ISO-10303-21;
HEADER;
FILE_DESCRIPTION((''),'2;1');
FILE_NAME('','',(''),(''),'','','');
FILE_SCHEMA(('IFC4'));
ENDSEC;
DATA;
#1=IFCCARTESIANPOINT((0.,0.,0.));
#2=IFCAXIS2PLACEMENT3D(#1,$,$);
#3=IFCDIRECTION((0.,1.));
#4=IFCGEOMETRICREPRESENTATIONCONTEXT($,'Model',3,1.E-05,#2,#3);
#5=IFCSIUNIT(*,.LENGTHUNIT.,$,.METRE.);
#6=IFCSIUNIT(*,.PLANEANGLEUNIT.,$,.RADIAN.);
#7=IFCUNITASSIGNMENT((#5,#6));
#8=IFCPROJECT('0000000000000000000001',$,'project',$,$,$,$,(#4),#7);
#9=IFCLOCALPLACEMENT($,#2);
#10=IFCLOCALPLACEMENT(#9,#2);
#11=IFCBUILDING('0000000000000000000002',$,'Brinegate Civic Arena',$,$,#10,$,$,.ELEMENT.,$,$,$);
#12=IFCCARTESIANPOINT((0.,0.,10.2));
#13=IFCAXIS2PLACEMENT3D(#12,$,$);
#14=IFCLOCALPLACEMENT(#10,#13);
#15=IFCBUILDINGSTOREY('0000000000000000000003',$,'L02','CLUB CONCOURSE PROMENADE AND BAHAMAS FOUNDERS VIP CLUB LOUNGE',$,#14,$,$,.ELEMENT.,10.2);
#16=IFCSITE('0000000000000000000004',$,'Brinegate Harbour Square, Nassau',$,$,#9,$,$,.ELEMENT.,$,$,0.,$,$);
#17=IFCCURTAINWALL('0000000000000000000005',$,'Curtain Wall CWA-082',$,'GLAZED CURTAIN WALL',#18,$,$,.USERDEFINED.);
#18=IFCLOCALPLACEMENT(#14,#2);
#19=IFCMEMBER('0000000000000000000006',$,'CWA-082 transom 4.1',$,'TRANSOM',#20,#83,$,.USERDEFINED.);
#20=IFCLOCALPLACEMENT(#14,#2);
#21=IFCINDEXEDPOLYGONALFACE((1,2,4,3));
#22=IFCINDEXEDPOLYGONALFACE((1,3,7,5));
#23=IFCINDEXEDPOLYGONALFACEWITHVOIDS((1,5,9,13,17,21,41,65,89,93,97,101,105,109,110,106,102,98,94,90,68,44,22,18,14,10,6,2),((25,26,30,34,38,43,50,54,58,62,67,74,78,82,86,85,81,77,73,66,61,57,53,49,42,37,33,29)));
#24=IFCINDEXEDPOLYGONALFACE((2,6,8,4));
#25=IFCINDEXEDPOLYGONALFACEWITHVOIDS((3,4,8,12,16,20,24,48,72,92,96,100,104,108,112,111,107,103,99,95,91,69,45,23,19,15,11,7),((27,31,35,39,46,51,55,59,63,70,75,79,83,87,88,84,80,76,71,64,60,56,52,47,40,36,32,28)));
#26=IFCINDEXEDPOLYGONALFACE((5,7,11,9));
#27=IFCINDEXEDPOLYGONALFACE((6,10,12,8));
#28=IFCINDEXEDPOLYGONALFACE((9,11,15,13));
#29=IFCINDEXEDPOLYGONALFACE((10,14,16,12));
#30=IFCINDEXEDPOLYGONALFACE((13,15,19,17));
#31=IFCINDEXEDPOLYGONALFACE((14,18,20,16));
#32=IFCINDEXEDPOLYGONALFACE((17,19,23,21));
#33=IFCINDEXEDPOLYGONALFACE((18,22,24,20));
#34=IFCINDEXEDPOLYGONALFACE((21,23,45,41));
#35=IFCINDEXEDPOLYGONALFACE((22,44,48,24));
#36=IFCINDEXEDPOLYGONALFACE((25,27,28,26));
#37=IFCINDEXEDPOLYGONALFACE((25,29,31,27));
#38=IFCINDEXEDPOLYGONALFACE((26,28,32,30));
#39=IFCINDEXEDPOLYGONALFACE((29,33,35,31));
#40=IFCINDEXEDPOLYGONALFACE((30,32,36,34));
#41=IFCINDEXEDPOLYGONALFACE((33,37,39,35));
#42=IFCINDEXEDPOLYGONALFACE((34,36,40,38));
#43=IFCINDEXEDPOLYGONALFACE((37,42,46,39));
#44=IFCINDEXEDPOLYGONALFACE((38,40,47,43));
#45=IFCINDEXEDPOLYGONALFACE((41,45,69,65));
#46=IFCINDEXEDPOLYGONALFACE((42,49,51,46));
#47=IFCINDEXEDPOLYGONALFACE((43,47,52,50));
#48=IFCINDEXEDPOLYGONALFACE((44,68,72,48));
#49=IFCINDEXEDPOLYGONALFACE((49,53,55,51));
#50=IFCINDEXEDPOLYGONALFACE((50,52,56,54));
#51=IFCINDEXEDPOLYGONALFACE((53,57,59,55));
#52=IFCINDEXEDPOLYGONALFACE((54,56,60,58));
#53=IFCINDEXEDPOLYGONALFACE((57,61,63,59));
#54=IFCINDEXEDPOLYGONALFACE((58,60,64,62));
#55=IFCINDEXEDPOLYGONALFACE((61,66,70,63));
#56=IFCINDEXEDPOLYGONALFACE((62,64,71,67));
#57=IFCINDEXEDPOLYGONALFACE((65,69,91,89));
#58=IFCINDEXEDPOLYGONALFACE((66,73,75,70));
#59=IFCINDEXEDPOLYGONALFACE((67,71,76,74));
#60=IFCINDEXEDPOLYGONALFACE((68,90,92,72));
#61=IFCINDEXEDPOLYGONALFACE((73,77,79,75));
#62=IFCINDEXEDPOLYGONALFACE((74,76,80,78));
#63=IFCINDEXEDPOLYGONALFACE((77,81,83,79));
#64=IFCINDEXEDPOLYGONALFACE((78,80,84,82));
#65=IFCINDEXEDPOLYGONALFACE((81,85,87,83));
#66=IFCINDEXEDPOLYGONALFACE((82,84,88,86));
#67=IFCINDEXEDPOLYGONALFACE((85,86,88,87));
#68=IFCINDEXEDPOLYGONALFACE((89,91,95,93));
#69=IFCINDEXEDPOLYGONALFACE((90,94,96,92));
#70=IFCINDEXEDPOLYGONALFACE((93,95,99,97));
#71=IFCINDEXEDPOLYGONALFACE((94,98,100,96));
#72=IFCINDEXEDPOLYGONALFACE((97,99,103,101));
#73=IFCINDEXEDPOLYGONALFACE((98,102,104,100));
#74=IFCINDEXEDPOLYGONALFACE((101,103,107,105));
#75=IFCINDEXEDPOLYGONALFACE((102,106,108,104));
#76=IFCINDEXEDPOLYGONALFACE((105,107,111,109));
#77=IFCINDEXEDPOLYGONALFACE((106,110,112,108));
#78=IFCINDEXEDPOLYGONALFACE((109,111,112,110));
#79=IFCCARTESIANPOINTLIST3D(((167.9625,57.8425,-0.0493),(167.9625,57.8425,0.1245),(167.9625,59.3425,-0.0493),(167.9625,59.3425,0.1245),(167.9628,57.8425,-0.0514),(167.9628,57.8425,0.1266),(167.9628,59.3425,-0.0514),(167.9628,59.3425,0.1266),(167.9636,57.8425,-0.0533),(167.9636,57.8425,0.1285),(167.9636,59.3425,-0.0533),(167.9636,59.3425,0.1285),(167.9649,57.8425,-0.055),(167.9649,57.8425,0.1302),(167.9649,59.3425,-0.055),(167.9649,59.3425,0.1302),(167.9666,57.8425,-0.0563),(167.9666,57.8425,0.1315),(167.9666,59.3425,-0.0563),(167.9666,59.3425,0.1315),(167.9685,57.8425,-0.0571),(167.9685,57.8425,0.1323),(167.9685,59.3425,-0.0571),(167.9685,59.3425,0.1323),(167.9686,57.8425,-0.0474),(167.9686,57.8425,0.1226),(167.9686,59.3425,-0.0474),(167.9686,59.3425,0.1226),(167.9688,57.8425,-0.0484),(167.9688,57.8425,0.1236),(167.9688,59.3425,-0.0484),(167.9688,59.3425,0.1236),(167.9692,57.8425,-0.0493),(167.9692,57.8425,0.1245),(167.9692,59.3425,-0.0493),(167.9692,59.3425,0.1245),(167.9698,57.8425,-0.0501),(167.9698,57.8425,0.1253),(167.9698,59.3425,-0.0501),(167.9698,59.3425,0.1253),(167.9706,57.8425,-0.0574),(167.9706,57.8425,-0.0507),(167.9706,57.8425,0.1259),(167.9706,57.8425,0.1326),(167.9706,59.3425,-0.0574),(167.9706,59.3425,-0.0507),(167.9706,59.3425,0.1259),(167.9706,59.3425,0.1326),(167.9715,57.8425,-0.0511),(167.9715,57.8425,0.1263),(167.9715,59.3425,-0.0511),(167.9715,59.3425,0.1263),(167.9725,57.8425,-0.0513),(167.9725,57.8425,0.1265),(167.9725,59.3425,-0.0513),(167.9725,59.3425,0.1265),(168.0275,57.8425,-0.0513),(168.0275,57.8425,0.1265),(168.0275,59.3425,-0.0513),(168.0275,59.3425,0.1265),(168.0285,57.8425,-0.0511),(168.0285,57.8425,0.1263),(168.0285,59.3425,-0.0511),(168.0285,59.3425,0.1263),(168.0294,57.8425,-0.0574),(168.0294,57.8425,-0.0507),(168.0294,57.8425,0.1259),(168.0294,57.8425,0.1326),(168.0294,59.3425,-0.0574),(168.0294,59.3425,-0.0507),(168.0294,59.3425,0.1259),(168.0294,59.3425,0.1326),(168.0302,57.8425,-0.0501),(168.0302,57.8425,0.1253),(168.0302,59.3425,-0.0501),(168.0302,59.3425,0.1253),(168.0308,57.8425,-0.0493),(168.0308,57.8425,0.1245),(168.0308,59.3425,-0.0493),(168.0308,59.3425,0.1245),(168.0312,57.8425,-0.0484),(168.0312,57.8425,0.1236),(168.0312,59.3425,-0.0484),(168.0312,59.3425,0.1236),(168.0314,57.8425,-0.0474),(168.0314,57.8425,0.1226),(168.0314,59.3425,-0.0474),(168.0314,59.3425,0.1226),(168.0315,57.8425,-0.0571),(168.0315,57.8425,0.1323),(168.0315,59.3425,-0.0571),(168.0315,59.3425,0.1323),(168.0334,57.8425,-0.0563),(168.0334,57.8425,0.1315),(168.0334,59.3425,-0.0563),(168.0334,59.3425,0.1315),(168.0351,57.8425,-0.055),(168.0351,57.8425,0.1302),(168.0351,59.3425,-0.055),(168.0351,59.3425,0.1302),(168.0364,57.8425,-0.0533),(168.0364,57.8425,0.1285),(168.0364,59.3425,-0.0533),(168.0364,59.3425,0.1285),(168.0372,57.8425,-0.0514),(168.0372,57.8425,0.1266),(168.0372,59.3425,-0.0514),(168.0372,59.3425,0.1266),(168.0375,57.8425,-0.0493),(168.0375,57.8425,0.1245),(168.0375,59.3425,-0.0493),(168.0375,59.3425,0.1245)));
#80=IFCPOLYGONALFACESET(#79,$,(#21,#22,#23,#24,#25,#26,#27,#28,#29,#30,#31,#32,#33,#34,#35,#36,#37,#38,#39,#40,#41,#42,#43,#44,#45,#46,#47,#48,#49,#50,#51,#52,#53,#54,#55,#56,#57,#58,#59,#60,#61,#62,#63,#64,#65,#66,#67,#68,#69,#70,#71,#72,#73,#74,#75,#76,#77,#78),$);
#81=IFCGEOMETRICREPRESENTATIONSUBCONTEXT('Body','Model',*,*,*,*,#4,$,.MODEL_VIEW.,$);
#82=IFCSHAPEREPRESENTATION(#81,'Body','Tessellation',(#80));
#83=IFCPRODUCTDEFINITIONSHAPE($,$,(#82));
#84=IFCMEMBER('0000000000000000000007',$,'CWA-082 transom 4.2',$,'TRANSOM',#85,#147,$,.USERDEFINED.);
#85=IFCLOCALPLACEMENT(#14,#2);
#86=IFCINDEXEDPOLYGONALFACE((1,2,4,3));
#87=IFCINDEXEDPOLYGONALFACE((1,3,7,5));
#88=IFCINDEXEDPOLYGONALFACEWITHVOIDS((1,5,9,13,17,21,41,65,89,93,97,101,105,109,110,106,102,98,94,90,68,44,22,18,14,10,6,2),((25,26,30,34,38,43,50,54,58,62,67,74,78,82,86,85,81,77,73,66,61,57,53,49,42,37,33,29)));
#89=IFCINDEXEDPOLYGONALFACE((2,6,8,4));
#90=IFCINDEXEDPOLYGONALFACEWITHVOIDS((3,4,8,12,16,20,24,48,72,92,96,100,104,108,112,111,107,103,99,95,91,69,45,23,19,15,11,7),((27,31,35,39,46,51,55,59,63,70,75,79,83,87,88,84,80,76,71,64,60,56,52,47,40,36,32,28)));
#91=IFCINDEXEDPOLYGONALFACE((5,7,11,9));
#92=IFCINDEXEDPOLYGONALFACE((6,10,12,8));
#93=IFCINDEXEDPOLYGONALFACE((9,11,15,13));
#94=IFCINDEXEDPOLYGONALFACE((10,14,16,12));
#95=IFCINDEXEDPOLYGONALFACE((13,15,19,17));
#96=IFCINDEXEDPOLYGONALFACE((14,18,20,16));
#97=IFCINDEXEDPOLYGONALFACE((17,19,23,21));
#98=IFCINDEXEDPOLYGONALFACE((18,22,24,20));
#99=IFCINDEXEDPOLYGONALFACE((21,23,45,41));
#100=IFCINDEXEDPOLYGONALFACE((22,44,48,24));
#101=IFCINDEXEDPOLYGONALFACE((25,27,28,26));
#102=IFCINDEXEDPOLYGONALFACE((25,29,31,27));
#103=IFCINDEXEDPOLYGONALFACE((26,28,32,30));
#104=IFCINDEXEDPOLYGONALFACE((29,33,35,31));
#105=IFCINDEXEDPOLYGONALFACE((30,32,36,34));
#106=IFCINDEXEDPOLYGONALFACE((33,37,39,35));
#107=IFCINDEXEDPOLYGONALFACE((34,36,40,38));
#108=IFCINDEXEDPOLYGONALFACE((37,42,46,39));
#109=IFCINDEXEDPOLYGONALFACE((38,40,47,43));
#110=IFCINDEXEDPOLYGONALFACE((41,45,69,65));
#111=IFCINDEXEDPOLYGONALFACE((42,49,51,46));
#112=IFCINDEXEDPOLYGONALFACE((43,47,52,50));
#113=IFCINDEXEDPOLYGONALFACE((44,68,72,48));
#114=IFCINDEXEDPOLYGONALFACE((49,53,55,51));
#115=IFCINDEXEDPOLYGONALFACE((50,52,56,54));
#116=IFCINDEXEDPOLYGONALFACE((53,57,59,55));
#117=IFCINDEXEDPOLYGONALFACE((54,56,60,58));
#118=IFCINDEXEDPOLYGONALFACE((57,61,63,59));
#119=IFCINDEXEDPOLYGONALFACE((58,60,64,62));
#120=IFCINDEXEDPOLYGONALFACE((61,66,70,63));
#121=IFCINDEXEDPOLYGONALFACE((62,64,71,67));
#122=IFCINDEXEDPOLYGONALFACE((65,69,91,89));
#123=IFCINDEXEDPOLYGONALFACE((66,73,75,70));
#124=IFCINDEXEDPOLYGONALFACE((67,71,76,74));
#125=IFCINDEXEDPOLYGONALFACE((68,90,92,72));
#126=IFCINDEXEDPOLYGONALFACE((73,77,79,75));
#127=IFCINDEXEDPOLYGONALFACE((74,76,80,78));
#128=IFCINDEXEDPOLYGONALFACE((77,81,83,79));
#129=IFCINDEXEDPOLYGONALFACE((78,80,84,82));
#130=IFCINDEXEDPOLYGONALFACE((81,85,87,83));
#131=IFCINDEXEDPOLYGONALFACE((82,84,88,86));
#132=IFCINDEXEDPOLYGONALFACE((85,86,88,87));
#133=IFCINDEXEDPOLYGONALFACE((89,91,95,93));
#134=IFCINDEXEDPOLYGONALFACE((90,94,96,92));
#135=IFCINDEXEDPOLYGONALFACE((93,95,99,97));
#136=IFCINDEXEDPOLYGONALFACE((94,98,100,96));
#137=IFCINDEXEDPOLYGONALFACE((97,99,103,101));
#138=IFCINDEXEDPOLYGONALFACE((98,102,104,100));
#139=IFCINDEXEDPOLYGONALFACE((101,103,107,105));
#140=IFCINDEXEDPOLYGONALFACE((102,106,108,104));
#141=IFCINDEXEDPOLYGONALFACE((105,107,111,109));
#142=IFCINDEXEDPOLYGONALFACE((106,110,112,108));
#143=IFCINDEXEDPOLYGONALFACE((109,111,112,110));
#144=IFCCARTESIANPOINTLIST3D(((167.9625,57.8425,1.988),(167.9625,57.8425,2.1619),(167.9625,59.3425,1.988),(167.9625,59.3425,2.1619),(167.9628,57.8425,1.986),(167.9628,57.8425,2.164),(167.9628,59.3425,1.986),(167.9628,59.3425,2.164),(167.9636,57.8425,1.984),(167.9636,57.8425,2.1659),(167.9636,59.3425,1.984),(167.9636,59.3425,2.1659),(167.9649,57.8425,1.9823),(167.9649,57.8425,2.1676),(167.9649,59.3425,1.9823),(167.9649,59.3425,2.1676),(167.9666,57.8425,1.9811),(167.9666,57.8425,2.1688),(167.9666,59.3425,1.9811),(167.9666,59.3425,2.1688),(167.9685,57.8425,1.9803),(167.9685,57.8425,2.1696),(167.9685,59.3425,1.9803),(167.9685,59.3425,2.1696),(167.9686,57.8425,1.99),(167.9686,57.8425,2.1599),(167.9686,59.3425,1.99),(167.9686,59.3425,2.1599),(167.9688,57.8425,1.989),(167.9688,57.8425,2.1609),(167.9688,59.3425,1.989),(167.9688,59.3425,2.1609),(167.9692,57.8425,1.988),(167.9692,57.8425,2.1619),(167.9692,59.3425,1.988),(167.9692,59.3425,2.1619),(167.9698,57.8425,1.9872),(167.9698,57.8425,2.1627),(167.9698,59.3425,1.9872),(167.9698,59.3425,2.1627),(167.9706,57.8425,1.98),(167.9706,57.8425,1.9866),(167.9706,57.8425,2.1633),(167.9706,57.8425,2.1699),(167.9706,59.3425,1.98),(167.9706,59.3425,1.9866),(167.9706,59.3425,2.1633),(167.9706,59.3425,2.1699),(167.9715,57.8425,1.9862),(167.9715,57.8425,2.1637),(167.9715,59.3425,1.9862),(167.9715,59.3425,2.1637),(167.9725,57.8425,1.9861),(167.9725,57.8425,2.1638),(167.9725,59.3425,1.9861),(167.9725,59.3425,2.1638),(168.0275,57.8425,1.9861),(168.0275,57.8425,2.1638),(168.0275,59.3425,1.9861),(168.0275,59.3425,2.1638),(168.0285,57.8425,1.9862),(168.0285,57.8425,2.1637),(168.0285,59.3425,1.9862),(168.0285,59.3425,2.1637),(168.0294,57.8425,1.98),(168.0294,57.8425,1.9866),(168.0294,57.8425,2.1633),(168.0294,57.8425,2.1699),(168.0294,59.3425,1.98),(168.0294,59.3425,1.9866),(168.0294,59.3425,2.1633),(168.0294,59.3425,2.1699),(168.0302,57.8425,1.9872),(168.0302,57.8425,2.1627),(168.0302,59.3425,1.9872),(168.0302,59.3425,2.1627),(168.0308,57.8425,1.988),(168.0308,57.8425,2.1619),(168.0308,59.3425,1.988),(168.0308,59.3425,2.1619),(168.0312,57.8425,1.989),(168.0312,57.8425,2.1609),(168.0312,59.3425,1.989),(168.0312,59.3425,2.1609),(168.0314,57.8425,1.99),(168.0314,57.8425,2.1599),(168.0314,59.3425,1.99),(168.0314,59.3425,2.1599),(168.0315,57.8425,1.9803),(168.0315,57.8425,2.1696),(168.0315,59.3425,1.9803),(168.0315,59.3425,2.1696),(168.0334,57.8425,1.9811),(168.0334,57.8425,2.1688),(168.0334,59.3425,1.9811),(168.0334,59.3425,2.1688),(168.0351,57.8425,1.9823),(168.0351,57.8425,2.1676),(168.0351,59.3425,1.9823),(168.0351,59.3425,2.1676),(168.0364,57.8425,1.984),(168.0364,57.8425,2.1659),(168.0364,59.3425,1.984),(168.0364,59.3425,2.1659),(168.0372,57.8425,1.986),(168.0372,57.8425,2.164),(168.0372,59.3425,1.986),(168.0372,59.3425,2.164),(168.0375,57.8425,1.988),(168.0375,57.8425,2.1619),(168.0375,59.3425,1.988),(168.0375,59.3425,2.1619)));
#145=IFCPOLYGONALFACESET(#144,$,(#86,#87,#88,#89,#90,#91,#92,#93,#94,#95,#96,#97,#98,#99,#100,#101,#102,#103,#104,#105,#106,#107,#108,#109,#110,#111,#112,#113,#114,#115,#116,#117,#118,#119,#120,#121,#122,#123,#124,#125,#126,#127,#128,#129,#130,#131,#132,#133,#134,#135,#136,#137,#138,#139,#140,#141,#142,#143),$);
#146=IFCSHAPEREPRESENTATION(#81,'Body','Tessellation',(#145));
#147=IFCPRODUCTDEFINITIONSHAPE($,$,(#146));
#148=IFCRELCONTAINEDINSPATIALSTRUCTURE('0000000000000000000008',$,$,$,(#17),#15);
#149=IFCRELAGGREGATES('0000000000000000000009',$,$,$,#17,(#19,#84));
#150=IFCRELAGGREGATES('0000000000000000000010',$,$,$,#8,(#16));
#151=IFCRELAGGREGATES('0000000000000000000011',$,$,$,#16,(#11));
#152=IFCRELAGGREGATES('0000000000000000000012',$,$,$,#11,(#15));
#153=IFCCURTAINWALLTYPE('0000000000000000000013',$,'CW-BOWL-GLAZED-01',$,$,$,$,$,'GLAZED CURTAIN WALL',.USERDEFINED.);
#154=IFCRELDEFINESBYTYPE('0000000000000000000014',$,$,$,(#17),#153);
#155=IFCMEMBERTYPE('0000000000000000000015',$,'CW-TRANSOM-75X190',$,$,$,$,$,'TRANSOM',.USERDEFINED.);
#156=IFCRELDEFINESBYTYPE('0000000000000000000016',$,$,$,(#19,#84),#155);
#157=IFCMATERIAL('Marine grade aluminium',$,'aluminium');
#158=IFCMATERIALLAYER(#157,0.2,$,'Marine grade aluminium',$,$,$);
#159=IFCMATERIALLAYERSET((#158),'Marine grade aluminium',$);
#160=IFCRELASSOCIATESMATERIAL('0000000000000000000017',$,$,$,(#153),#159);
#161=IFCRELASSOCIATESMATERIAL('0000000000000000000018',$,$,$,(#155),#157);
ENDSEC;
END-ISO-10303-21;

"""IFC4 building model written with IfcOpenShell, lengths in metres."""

from ifc_helpers import new_model, si_unit, direction, frame, origin, origin_2d, place, context, subcontext, project, spatial, hollow_rectangle, extrude, material, layer, layer_set, material_profile, profile_set, type_object, element, aggregate, save


model = new_model("IFC4")

# Units and contexts
model_context = context("Model", 3, precision=1e-05, world=origin(), true_north=direction((0.0, 1.0)))
body_context = subcontext(model_context, "Body", "Model", "MODEL_VIEW")
ifc_project = project(units=[si_unit("LENGTHUNIT", "METRE"), si_unit("PLANEANGLEUNIT", "RADIAN")], contexts=[model_context])

# Site, building, storey
site_placement = place(None, origin())
site = spatial("IfcSite", under=ifc_project, at=site_placement, Name="Brinegate Harbour Square, Nassau", CompositionType="ELEMENT", RefElevation=0.0)
building_placement = place(site_placement, origin())
building = spatial("IfcBuilding", under=site, at=building_placement, Name="Brinegate Civic Arena", CompositionType="ELEMENT")
storey_placement = place(building_placement, frame((0.0, 0.0, 10.2)))
storey = spatial("IfcBuildingStorey", under=building, at=storey_placement, Name="L02", Description="CLUB CONCOURSE PROMENADE AND BAHAMAS FOUNDERS VIP CLUB LOUNGE", CompositionType="ELEMENT", Elevation=10.2)

# Shared definitions
ifc_material_1 = material(Name="Marine grade aluminium", Category="aluminium")
ifc_layer_1 = layer(ifc_material_1, 0.2, Name="Marine grade aluminium")
ifc_layer_set_1 = layer_set([ifc_layer_1], Name="Marine grade aluminium")
curtain_wall_type = type_object("IfcCurtainWallType", Name="CW-BOWL-GLAZED-01", ElementType="GLAZED CURTAIN WALL", PredefinedType="USERDEFINED", material=ifc_layer_set_1)

# Curtain wall
curtain_wall_1_placement = place(storey_placement, origin())
curtain_wall_1 = element("IfcCurtainWall", 1, at=curtain_wall_1_placement, inside=storey, type_object=curtain_wall_type, Name="Curtain Wall CWA-082", ObjectType="GLAZED CURTAIN WALL", PredefinedType="USERDEFINED")

# Members
ifc_material_profile_1 = material_profile(ifc_material_1, hollow_rectangle(XDim=0.075, YDim=0.1899, WallThickness=0.0061, InnerFilletRadius=0.0039, OuterFilletRadius=0.0081, at=origin_2d()), Name="TRN75X190")
ifc_profile_set_1 = profile_set([ifc_material_profile_1], Name="Marine grade aluminium")
member_type_1 = type_object("IfcMemberType", Name="CW-TRANSOM-75X190", ElementType="TRANSOM", PredefinedType="USERDEFINED", material=ifc_profile_set_1)
member_1_placement = place(storey_placement, frame((168.0, 57.8425, 0.0376), z_axis=(0.0, 1.0, 0.0), x_axis=(-1.0, 0.0, 0.0)))
member_1 = element("IfcMember", 2, at=member_1_placement, type_object=member_type_1, Name="CWA-082 transom 4.1", ObjectType="TRANSOM", PredefinedType="USERDEFINED", context=body_context, shape_type="SweptSolid", body=[
    extrude(hollow_rectangle(XDim=0.075, YDim=0.1899, WallThickness=0.0061, InnerFilletRadius=0.0039, OuterFilletRadius=0.0081, at=origin_2d()), origin(), (0.0, 0.0, 1.0), 1.5),
])
member_2_placement = place(storey_placement, frame((168.0, 57.8425, 2.075), z_axis=(0.0, 1.0, 0.0), x_axis=(-1.0, 0.0, 0.0)))
member_2 = element("IfcMember", 3, at=member_2_placement, type_object=member_type_1, Name="CWA-082 transom 4.2", ObjectType="TRANSOM", PredefinedType="USERDEFINED", context=body_context, shape_type="SweptSolid", body=[
    extrude(hollow_rectangle(XDim=0.075, YDim=0.1899, WallThickness=0.0061, InnerFilletRadius=0.0039, OuterFilletRadius=0.0081, at=origin_2d()), origin(), (0.0, 0.0, 1.0), 1.5),
])

aggregate(curtain_wall_1, [member_1, member_2])

save(model, "model.ifc")
